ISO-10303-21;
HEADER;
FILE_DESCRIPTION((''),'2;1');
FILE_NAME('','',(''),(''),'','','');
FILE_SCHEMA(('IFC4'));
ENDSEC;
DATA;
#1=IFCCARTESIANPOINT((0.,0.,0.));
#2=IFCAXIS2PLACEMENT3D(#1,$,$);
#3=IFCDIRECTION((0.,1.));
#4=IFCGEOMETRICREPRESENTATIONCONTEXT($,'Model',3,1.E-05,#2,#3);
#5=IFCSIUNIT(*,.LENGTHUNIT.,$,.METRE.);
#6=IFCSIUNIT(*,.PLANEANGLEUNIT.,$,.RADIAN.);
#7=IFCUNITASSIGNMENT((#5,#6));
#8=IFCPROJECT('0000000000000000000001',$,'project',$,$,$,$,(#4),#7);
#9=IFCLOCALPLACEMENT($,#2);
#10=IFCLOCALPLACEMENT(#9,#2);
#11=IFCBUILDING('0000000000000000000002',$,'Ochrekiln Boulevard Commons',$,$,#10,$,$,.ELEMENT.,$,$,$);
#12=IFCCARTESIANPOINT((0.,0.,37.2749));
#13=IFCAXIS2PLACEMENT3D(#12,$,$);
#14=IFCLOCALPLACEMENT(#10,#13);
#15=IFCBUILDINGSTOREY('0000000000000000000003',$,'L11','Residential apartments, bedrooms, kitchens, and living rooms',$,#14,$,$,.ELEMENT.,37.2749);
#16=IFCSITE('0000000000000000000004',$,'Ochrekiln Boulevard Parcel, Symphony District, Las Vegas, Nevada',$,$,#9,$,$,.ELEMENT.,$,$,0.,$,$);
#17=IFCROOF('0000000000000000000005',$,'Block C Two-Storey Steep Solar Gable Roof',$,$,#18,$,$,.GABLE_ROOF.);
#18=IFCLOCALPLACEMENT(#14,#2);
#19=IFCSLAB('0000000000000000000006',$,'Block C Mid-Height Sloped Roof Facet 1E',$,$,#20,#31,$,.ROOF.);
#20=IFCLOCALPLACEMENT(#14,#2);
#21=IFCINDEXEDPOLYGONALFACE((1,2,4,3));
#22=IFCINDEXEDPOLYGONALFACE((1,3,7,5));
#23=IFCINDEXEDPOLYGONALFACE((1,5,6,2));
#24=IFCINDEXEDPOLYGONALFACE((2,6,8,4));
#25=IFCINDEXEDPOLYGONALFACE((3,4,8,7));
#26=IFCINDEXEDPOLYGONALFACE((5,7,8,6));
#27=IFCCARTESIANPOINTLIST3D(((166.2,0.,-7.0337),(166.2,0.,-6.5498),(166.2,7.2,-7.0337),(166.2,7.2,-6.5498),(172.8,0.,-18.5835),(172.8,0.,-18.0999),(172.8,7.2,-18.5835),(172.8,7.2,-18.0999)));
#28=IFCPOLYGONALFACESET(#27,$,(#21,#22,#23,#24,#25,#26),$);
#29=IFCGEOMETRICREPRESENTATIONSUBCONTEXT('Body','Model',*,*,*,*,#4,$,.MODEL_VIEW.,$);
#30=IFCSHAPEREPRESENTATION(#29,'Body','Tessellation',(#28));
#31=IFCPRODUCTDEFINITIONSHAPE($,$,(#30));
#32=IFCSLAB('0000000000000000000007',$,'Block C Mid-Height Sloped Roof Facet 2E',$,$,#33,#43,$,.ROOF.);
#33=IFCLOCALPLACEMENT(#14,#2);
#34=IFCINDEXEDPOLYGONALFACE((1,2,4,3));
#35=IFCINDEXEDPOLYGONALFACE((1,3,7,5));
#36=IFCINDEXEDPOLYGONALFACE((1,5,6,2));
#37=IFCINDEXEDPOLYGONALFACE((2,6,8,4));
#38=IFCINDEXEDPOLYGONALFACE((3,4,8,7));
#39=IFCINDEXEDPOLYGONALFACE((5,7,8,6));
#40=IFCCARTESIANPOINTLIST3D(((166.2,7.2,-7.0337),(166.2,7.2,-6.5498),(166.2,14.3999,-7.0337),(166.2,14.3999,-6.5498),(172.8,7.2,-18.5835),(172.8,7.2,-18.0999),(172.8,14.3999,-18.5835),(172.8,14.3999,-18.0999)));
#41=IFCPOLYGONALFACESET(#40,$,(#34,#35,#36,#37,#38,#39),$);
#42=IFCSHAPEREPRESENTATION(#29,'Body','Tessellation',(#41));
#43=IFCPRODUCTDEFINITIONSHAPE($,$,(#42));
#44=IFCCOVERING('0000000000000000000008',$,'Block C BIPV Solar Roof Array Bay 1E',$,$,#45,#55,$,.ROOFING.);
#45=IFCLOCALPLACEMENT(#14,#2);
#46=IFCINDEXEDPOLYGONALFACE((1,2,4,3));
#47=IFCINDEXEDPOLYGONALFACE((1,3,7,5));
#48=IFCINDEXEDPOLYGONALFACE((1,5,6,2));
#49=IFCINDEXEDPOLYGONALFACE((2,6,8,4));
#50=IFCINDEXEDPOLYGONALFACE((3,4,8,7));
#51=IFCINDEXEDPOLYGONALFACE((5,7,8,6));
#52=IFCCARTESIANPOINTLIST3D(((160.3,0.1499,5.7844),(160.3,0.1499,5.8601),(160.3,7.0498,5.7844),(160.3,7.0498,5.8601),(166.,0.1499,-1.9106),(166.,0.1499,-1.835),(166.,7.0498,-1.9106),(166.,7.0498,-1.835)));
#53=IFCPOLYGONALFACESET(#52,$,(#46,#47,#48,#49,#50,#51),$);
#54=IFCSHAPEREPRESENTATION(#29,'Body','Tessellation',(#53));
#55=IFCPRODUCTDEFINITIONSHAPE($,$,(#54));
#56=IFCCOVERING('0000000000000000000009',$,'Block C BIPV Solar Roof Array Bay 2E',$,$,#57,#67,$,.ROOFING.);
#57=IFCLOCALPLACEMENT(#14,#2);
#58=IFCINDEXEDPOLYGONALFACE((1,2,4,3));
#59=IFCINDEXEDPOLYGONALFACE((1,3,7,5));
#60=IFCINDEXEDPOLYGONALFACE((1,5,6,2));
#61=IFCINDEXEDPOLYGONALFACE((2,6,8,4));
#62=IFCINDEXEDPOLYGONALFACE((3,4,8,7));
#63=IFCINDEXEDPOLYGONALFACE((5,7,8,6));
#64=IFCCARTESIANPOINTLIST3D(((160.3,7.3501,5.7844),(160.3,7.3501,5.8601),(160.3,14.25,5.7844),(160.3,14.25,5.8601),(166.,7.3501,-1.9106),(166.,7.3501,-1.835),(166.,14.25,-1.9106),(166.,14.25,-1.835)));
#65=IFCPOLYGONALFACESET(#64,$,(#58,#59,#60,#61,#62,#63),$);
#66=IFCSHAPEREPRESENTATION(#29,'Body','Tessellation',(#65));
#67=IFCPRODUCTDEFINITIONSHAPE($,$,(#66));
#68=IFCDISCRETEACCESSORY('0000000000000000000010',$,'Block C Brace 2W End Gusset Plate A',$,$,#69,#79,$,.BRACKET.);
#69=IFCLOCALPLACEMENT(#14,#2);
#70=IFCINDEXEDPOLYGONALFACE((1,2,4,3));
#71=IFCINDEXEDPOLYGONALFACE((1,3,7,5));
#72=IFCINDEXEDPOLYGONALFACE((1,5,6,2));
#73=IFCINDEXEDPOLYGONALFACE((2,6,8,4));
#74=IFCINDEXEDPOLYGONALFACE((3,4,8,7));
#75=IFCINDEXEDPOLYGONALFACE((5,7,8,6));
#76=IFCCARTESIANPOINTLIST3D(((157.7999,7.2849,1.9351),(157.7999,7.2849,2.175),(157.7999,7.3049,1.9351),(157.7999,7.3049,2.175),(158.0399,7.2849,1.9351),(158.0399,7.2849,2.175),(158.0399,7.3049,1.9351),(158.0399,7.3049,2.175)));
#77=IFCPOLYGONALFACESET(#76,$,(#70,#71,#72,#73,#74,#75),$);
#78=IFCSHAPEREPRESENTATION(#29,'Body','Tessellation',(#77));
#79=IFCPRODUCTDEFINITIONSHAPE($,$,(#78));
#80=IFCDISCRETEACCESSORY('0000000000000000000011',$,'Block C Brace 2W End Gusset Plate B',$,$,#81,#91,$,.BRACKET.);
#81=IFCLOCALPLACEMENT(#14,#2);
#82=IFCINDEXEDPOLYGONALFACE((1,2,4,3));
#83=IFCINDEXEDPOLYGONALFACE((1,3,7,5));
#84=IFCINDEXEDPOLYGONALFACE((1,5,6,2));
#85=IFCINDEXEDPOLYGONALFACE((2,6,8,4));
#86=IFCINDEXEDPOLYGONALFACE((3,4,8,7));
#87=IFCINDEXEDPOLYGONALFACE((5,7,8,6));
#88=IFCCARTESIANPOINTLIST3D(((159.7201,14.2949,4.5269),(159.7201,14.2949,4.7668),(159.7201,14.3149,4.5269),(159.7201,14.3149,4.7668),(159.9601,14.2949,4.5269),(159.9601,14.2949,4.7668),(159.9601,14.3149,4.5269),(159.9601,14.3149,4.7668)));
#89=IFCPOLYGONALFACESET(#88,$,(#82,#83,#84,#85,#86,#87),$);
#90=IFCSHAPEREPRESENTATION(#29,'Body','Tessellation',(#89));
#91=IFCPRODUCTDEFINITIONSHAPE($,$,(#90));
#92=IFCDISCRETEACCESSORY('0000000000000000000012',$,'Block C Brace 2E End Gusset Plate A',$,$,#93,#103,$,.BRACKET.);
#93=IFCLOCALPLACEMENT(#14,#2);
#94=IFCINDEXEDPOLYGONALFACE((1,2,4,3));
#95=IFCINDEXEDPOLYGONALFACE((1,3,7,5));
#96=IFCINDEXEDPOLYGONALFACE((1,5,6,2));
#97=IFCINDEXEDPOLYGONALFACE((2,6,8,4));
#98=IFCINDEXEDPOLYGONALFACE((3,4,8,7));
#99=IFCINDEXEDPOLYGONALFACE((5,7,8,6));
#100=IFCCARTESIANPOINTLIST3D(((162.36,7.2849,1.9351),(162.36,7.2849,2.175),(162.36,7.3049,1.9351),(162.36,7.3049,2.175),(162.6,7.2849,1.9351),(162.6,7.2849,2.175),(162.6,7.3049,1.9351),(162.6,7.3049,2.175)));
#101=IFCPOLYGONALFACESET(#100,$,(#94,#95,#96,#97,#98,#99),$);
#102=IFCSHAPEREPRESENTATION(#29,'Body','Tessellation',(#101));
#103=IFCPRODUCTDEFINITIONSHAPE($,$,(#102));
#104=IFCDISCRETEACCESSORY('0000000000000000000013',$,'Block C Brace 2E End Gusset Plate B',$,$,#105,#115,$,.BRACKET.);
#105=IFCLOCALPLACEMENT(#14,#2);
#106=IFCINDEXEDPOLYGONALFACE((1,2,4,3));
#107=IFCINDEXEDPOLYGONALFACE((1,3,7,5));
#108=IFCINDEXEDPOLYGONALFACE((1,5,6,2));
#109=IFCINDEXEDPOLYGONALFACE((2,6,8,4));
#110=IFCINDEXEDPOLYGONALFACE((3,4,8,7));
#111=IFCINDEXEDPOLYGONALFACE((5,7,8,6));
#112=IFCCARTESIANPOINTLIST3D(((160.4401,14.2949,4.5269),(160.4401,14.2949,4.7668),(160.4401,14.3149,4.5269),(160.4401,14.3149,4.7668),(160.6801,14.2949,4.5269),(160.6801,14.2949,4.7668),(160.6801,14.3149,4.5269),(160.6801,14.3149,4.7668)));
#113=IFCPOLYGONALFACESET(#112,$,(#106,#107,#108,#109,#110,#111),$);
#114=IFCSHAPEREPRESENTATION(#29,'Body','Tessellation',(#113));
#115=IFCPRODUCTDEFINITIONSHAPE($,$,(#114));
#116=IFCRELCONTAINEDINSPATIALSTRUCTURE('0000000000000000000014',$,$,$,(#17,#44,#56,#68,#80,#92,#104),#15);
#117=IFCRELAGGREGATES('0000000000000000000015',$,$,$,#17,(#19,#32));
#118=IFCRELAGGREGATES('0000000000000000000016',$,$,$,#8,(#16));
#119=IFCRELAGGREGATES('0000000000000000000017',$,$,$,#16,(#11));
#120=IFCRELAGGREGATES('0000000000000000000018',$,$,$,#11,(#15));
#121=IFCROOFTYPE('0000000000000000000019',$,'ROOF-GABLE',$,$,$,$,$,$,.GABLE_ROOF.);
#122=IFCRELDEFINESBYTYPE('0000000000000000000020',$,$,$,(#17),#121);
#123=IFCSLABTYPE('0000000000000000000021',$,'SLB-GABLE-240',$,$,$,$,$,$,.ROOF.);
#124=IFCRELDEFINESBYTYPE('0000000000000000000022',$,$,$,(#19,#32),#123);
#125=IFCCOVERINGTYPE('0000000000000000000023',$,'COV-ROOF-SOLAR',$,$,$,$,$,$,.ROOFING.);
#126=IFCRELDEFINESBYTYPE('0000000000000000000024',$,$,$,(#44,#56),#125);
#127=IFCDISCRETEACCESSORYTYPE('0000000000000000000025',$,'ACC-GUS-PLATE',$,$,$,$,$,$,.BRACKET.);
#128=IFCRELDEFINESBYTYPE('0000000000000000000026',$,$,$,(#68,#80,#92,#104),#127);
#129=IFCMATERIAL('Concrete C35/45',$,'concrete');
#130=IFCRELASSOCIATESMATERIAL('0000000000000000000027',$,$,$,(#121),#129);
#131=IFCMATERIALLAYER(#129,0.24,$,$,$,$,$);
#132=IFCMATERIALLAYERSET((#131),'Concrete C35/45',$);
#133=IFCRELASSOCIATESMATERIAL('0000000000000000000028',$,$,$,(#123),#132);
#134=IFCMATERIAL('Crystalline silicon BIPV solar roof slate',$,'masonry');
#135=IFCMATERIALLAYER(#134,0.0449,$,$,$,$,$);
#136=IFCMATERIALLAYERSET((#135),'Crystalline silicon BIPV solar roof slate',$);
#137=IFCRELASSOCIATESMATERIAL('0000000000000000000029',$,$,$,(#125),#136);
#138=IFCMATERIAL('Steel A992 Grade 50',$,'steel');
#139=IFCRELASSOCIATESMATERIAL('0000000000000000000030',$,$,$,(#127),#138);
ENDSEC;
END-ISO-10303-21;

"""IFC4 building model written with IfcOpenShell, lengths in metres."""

from ifc_helpers import new_model, si_unit, direction, frame, origin, origin_2d, place, context, subcontext, project, spatial, polyline, rectangle, outline, extrude, material, layer, layer_set, type_object, element, aggregate, save


model = new_model("IFC4")

# Units and contexts
model_context = context("Model", 3, precision=1e-05, world=origin(), true_north=direction((0.0, 1.0)))
body_context = subcontext(model_context, "Body", "Model", "MODEL_VIEW")
ifc_project = project(units=[si_unit("LENGTHUNIT", "METRE"), si_unit("PLANEANGLEUNIT", "RADIAN")], contexts=[model_context])

# Site, building, storey
site_placement = place(None, origin())
site = spatial("IfcSite", under=ifc_project, at=site_placement, Name="Ochrekiln Boulevard Parcel, Symphony District, Las Vegas, Nevada", CompositionType="ELEMENT", RefElevation=0.0)
building_placement = place(site_placement, origin())
building = spatial("IfcBuilding", under=site, at=building_placement, Name="Ochrekiln Boulevard Commons", CompositionType="ELEMENT")
storey_placement = place(building_placement, frame((0.0, 0.0, 37.2749)))
storey = spatial("IfcBuildingStorey", under=building, at=storey_placement, Name="L11", Description="Residential apartments, bedrooms, kitchens, and living rooms", CompositionType="ELEMENT", Elevation=37.2749)

# Shared definitions
ifc_material_1 = material(Name="Steel A992 Grade 50", Category="steel")

# Roof, slabs
ifc_material_2 = material(Name="Concrete C35/45", Category="concrete")
roof_type = type_object("IfcRoofType", Name="ROOF-GABLE", PredefinedType="GABLE_ROOF", material=ifc_material_2)
roof_placement = place(storey_placement, origin())
roof = element("IfcRoof", 1, at=roof_placement, inside=storey, type_object=roof_type, Name="Block C Two-Storey Steep Solar Gable Roof", PredefinedType="GABLE_ROOF")
ifc_layer_1 = layer(ifc_material_2, 0.24)
ifc_layer_set_1 = layer_set([ifc_layer_1], Name="Concrete C35/45")
slab_type = type_object("IfcSlabType", Name="SLB-GABLE-240", PredefinedType="ROOF", material=ifc_layer_set_1)
placement = place(building_placement, frame((0.0, 0.0, 27.825)))
slab_1_placement = place(placement, frame((172.8, 0.0, -8.6499), z_axis=(0.0, 1.0, 0.0), x_axis=(-1.0, 0.0, 0.0)))
slab_1 = element("IfcSlab", 2, at=slab_1_placement, type_object=slab_type, Name="Block C Mid-Height Sloped Roof Facet 1E", PredefinedType="ROOF", context=body_context, shape_type="SweptSolid", body=[
    extrude(outline(polyline([(0.0, 0.0), (6.6001, 11.55), (6.6001, 11.0662), (0.0, -0.4836), (0.0, 0.0)])), origin(), (0.0, 0.0, 1.0), 7.2),
])
slab_2_placement = place(placement, frame((172.8, 7.2, -8.6499), z_axis=(0.0, 1.0, 0.0), x_axis=(-1.0, 0.0, 0.0)))
slab_2 = element("IfcSlab", 3, at=slab_2_placement, type_object=slab_type, Name="Block C Mid-Height Sloped Roof Facet 2E", PredefinedType="ROOF", context=body_context, shape_type="SweptSolid", body=[
    extrude(outline(polyline([(0.0, 0.0), (6.6001, 11.55), (6.6001, 11.0662), (0.0, -0.4836), (0.0, 0.0)])), origin(), (0.0, 0.0, 1.0), 7.2),
])
aggregate(roof, [slab_1, slab_2])

# Coverings
ifc_material_3 = material(Name="Crystalline silicon BIPV solar roof slate", Category="masonry")
ifc_layer_2 = layer(ifc_material_3, 0.0449)
ifc_layer_set_2 = layer_set([ifc_layer_2], Name="Crystalline silicon BIPV solar roof slate")
covering_type = type_object("IfcCoveringType", Name="COV-ROOF-SOLAR", PredefinedType="ROOFING", material=ifc_layer_set_2)
for number, where, z_axis, x_axis, name in (
    (4, (166.0, 0.1499, -1.835), (0.0, 1.0, 0.0), (-1.0, 0.0, 0.0), "Block C BIPV Solar Roof Array Bay 1E"),
    (5, (166.0, 7.3501, -1.835), (0.0, 1.0, 0.0), (-1.0, 0.0, 0.0), "Block C BIPV Solar Roof Array Bay 2E"),
):
    element("IfcCovering", number, at=place(storey_placement, frame(where, z_axis=z_axis, x_axis=x_axis)), inside=storey, type_object=covering_type, Name=name, PredefinedType="ROOFING", context=body_context, shape_type="SweptSolid", body=[
        extrude(outline(polyline([(0.0, 0.0), (5.7, 7.6951), (5.7, 7.6194), (0.0, -0.0757), (0.0, 0.0)])), origin(), (0.0, 0.0, 1.0), 6.8999),
    ])

# Discrete accessories
discrete_accessory_type = type_object("IfcDiscreteAccessoryType", Name="ACC-GUS-PLATE", PredefinedType="BRACKET", material=ifc_material_1)
for number, where, z_axis, x_axis, name in (
    (6, (157.9199, 7.2949, 1.9351), (0.0, 0.0, 1.0), (1.0, 0.0, 0.0), "Block C Brace 2W End Gusset Plate A"),
    (7, (159.8401, 14.3049, 4.5269), (0.0, 0.0, 1.0), (1.0, 0.0, 0.0), "Block C Brace 2W End Gusset Plate B"),
    (8, (162.48, 7.2949, 1.9351), (0.0, 0.0, 1.0), (1.0, 0.0, 0.0), "Block C Brace 2E End Gusset Plate A"),
    (9, (160.5601, 14.3049, 4.5269), (0.0, 0.0, 1.0), (1.0, 0.0, 0.0), "Block C Brace 2E End Gusset Plate B"),
):
    element("IfcDiscreteAccessory", number, at=place(storey_placement, frame(where, z_axis=z_axis, x_axis=x_axis)), inside=storey, type_object=discrete_accessory_type, Name=name, PredefinedType="BRACKET", context=body_context, shape_type="SweptSolid", body=[
        extrude(rectangle(XDim=0.24, YDim=0.02, at=origin_2d()), origin(), (0.0, 0.0, 1.0), 0.24),
    ])

save(model, "model.ifc")
